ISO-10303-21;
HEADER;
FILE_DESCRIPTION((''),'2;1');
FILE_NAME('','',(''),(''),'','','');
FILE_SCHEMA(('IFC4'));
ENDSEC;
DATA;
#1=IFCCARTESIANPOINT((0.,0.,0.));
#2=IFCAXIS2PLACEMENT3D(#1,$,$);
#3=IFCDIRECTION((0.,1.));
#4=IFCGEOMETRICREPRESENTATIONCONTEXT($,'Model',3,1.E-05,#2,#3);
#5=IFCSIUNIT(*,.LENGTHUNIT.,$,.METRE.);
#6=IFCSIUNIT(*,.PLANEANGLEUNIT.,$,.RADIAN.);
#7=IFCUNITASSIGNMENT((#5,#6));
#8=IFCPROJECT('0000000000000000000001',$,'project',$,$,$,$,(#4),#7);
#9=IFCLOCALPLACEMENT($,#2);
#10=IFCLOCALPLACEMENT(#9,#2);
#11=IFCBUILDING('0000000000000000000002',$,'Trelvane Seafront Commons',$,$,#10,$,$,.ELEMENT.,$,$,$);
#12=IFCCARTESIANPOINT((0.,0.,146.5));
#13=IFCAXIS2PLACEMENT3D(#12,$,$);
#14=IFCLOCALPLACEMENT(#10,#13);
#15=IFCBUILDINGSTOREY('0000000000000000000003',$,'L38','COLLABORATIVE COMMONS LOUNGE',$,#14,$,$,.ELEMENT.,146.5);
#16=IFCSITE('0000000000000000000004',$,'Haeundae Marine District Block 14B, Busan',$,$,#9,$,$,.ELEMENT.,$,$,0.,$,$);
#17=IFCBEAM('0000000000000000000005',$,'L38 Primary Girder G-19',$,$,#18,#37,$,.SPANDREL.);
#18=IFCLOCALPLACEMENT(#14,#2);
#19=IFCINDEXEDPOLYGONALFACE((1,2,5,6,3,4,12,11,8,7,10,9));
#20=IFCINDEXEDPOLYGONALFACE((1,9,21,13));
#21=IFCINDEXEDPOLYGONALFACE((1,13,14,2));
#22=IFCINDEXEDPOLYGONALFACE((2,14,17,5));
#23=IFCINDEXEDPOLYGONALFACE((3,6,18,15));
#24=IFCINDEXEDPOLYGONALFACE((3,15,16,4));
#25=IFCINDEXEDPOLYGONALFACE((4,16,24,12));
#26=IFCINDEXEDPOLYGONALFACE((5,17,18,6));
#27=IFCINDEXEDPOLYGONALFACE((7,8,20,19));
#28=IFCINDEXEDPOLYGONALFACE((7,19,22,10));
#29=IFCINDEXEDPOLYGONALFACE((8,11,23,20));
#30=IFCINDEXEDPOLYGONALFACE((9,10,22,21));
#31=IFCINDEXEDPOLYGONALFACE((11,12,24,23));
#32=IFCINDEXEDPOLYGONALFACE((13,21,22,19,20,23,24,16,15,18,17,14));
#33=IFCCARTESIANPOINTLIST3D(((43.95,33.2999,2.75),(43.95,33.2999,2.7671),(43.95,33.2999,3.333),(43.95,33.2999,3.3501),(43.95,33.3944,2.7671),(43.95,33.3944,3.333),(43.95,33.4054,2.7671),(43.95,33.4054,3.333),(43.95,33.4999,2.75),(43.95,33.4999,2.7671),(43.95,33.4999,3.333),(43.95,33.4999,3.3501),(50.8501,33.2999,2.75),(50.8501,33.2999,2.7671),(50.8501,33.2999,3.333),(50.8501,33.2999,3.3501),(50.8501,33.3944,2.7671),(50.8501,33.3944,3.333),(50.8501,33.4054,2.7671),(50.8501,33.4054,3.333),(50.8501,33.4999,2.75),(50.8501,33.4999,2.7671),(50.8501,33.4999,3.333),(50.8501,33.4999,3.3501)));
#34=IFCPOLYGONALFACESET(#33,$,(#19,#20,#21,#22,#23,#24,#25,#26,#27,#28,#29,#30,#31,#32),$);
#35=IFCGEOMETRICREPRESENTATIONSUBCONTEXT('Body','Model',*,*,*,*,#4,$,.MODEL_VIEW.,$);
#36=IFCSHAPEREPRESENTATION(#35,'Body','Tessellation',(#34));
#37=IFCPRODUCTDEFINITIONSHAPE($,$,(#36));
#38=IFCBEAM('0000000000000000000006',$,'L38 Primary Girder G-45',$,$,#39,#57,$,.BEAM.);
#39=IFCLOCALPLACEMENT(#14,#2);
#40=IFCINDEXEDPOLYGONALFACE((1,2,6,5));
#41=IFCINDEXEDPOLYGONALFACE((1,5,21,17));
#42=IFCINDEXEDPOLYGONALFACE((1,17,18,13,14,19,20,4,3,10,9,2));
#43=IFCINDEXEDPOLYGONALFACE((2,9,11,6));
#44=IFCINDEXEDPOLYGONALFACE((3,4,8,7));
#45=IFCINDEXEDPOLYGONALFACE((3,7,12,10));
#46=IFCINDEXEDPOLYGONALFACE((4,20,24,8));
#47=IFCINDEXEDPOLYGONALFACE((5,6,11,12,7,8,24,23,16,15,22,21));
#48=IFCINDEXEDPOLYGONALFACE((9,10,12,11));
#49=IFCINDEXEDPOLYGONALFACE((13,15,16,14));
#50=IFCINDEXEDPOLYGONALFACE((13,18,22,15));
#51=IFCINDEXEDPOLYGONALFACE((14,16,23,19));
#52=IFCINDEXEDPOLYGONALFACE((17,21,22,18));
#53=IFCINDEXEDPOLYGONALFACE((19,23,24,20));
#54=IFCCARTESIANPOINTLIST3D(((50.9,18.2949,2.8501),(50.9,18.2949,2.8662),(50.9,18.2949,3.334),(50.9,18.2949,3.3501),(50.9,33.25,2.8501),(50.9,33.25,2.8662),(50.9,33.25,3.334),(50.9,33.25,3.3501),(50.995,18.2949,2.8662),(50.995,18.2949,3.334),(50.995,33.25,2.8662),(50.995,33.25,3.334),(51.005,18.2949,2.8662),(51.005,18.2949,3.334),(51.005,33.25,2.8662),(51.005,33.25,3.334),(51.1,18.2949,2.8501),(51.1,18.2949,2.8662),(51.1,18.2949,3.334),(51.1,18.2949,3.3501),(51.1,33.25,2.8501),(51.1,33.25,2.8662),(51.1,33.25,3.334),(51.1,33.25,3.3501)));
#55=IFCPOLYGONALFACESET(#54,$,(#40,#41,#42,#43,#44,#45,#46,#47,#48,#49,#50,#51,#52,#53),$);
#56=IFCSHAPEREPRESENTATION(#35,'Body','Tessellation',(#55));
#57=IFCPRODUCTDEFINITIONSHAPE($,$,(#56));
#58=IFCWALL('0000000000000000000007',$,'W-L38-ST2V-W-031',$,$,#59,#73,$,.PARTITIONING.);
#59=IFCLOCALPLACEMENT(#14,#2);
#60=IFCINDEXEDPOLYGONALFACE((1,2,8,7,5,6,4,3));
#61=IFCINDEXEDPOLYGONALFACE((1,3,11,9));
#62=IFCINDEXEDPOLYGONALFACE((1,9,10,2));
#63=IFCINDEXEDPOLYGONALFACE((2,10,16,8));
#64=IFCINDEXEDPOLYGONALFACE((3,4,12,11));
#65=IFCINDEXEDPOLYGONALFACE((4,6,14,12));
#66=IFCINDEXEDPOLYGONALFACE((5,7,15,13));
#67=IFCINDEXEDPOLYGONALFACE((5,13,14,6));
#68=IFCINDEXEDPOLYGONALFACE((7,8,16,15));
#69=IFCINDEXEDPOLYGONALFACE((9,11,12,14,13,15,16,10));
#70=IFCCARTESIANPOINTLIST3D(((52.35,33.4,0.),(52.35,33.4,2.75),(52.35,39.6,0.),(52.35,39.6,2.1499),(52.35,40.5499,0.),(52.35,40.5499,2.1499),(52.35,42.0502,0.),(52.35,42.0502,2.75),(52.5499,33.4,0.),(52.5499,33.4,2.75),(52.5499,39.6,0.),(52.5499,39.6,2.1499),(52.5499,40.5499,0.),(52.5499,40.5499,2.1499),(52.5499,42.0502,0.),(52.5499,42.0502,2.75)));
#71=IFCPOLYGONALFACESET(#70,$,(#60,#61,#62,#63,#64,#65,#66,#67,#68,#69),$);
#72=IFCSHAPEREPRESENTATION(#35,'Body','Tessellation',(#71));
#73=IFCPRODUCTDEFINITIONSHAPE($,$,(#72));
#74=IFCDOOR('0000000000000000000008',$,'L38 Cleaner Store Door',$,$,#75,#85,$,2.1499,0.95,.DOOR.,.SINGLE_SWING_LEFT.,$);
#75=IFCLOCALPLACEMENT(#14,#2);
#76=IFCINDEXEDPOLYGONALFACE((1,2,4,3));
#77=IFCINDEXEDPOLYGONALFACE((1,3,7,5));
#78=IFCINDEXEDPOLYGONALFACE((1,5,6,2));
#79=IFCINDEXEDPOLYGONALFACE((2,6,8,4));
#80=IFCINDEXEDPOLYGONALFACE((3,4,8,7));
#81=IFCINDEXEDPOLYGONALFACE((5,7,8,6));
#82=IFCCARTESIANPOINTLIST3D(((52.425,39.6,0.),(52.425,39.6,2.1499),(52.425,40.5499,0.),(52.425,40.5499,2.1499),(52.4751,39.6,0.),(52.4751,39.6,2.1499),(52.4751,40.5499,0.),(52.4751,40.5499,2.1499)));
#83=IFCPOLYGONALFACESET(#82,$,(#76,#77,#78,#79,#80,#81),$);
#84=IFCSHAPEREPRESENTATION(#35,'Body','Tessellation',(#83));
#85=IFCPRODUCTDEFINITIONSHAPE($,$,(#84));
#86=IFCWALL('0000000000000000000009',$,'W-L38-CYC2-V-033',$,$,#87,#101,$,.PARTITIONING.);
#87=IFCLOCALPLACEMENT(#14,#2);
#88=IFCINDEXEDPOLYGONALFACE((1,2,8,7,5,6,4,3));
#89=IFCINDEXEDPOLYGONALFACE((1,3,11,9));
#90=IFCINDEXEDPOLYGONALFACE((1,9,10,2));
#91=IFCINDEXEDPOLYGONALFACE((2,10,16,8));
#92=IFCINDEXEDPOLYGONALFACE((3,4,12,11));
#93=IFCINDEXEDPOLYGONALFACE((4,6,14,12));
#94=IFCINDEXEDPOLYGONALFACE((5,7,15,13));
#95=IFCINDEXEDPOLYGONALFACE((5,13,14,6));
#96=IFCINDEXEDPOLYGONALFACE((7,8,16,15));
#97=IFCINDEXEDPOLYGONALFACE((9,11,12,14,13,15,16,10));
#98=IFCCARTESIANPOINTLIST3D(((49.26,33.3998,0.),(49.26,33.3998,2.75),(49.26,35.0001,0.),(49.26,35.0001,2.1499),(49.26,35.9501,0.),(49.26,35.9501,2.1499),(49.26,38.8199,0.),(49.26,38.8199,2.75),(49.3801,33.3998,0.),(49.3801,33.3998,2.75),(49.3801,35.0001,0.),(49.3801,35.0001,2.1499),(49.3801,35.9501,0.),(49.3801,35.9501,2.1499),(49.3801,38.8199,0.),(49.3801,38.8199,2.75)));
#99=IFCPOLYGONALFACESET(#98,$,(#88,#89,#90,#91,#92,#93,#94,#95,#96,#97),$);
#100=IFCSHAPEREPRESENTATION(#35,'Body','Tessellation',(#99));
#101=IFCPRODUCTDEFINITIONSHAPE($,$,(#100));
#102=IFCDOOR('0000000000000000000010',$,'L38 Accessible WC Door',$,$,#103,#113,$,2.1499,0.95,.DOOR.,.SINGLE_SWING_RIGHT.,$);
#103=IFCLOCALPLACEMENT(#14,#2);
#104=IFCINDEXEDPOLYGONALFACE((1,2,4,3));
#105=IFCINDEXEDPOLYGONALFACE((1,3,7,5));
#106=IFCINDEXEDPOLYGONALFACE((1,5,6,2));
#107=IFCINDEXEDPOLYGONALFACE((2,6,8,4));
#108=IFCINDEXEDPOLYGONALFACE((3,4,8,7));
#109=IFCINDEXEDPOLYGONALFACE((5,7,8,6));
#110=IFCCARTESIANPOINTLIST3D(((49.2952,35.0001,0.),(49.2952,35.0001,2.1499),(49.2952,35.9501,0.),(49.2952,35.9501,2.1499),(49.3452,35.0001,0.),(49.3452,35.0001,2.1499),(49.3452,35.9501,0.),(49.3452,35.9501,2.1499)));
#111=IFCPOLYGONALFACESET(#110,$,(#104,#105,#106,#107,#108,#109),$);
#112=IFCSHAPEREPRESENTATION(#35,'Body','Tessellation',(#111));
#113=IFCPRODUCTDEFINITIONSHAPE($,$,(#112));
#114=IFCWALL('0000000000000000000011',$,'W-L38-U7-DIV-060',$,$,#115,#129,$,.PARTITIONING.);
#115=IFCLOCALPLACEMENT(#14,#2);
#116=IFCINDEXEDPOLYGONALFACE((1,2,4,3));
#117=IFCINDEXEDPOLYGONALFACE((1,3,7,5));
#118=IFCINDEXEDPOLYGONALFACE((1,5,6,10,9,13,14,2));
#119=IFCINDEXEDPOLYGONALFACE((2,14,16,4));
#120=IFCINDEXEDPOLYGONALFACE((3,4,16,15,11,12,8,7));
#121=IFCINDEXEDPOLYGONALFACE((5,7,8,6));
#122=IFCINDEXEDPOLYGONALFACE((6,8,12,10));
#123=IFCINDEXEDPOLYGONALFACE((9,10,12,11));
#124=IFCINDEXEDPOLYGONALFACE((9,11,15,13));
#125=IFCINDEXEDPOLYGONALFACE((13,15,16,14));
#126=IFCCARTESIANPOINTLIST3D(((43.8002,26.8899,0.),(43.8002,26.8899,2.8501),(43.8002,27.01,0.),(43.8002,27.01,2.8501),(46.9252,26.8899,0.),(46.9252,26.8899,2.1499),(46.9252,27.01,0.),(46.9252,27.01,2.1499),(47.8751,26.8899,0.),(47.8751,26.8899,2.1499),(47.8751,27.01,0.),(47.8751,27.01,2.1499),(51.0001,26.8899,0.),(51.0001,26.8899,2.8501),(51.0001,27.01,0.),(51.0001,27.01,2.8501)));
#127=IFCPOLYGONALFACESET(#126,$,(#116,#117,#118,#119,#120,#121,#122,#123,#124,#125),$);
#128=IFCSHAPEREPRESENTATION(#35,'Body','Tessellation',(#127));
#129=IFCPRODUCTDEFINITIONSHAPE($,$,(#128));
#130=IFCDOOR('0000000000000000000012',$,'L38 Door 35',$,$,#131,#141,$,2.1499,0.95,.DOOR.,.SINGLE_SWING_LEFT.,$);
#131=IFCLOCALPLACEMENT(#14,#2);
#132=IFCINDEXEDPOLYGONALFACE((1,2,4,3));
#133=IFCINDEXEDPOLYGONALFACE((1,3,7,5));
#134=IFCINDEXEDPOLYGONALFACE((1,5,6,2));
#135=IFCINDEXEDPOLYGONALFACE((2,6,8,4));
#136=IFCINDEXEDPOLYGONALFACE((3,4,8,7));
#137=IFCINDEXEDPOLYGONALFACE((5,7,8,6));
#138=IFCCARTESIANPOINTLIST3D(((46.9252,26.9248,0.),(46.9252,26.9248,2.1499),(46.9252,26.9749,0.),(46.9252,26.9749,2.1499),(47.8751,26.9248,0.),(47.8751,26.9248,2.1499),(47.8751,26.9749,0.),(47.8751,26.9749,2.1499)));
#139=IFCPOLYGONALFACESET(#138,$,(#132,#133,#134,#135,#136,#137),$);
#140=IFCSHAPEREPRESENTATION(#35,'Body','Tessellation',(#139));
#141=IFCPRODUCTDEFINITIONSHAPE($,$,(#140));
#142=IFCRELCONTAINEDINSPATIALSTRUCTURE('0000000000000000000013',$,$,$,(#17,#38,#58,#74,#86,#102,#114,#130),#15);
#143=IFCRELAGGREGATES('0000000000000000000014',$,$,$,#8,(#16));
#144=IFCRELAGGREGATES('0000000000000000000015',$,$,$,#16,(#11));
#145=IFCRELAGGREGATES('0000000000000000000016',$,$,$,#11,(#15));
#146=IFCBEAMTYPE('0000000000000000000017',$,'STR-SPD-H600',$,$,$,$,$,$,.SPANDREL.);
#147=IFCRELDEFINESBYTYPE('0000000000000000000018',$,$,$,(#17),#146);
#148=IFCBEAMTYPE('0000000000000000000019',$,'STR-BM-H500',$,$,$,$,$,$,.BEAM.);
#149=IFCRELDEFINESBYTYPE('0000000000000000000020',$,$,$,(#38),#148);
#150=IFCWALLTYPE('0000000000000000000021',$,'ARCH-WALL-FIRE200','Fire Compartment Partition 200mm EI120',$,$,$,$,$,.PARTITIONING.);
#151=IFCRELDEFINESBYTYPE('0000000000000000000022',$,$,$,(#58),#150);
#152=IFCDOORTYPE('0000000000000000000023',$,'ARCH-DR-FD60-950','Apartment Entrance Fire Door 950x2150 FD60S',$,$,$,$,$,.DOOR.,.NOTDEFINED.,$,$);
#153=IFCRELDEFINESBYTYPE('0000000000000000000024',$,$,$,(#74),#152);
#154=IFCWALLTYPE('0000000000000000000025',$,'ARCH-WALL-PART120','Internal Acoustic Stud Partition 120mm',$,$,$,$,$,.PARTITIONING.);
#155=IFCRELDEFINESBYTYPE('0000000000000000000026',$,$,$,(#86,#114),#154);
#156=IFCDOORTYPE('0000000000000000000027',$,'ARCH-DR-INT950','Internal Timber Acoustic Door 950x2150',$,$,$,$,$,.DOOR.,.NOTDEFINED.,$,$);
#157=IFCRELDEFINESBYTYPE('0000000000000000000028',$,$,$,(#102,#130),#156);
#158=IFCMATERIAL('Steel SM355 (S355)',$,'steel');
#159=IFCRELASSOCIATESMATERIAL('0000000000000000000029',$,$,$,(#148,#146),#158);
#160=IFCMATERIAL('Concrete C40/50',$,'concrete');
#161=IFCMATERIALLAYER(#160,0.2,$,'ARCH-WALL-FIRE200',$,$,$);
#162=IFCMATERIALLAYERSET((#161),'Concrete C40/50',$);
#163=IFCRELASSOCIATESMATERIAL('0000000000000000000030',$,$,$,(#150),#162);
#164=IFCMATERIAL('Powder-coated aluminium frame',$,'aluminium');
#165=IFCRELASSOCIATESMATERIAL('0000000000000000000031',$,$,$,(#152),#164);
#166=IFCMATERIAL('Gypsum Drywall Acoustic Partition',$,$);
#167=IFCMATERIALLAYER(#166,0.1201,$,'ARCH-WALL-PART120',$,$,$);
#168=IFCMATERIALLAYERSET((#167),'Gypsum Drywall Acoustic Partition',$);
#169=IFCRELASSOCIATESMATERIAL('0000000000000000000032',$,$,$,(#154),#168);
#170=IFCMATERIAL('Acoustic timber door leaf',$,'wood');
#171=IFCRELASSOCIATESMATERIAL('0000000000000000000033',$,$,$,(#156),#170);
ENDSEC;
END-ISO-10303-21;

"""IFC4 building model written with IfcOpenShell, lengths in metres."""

from ifc_helpers import new_model, si_unit, direction, frame, frame_2d, origin, origin_2d, place, context, subcontext, project, spatial, rectangle, i_section, extrude, source, transform, mapped, material, layer, layer_set, material_profile, profile_set, type_object, element, fill, save


model = new_model("IFC4")

# Units and contexts
model_context = context("Model", 3, precision=1e-05, world=origin(), true_north=direction((0.0, 1.0)))
body_context = subcontext(model_context, "Body", "Model", "MODEL_VIEW")
ifc_project = project(units=[si_unit("LENGTHUNIT", "METRE"), si_unit("PLANEANGLEUNIT", "RADIAN")], contexts=[model_context])

# Site, building, storey
site_placement = place(None, origin())
site = spatial("IfcSite", under=ifc_project, at=site_placement, Name="Haeundae Marine District Block 14B, Busan", CompositionType="ELEMENT", RefElevation=0.0)
building_placement = place(site_placement, origin())
building = spatial("IfcBuilding", under=site, at=building_placement, Name="Trelvane Seafront Commons", CompositionType="ELEMENT")
storey_placement = place(building_placement, frame((0.0, 0.0, 146.5)))
storey = spatial("IfcBuildingStorey", under=building, at=storey_placement, Name="L38", Description="COLLABORATIVE COMMONS LOUNGE", CompositionType="ELEMENT", Elevation=146.5)

# Beams
ifc_material_1 = material(Name="Steel SM355 (S355)", Category="steel")
ifc_material_profile_1 = material_profile(ifc_material_1, i_section(OverallWidth=0.2, OverallDepth=0.5, WebThickness=0.01, FlangeThickness=0.0161, at=origin_2d()), Name="H-500x200x10x16")
ifc_profile_set_1 = profile_set([ifc_material_profile_1], Name="Steel SM355 (S355)")
beam_type_1 = type_object("IfcBeamType", Name="STR-BM-H500", PredefinedType="BEAM", material=ifc_profile_set_1)
ifc_material_profile_2 = material_profile(ifc_material_1, i_section(OverallWidth=0.2, OverallDepth=0.6001, WebThickness=0.011, FlangeThickness=0.0171, at=origin_2d()), Name="H-600x200x11x17")
ifc_profile_set_2 = profile_set([ifc_material_profile_2], Name="Steel SM355 (S355)")
beam_type_2 = type_object("IfcBeamType", Name="STR-SPD-H600", PredefinedType="SPANDREL", material=ifc_profile_set_2)
shared_shape_1 = source(origin(), body_context, "Body", "SweptSolid", [
    extrude(i_section(OverallWidth=0.2, OverallDepth=0.6001, WebThickness=0.011, FlangeThickness=0.0171, at=origin_2d()), origin(), (0.0, 0.0, 1.0), 6.9001),
])
beam_1_placement = place(storey_placement, frame((43.95, 33.3999, 3.05), z_axis=(1.0, 0.0, 0.0), x_axis=(0.0, 1.0, 0.0)))
element("IfcBeam", 1, at=beam_1_placement, inside=storey, type_object=beam_type_2, Name="L38 Primary Girder G-19", PredefinedType="SPANDREL", context=body_context, shape_type="MappedRepresentation", body=[
    mapped(shared_shape_1, transform((0.0, 0.0, 0.0), x_axis=(1.0, 0.0, 0.0), y_axis=(0.0, 1.0, 0.0), z_axis=(0.0, 0.0, 1.0), scale=1.0)),
])
shared_shape_2 = source(origin(), body_context, "Body", "SweptSolid", [
    extrude(i_section(OverallWidth=0.2, OverallDepth=0.5, WebThickness=0.01, FlangeThickness=0.0161, at=origin_2d()), origin(), (0.0, 0.0, 1.0), 14.9551),
])
beam_2_placement = place(storey_placement, frame((51.0, 18.2949, 3.1001), z_axis=(0.0, 1.0, 0.0), x_axis=(-1.0, 0.0, 0.0)))
element("IfcBeam", 2, at=beam_2_placement, inside=storey, type_object=beam_type_1, Name="L38 Primary Girder G-45", PredefinedType="BEAM", context=body_context, shape_type="MappedRepresentation", body=[
    mapped(shared_shape_2, transform((0.0, 0.0, 0.0), x_axis=(1.0, 0.0, 0.0), y_axis=(0.0, 1.0, 0.0), z_axis=(0.0, 0.0, 1.0), scale=1.0)),
])

# Wall, opening, door
ifc_material_2 = material(Name="Concrete C40/50", Category="concrete")
ifc_layer_1 = layer(ifc_material_2, 0.2, Name="ARCH-WALL-FIRE200")
ifc_layer_set_1 = layer_set([ifc_layer_1], Name="Concrete C40/50")
wall_type_1 = type_object("IfcWallType", Name="ARCH-WALL-FIRE200", Description="Fire Compartment Partition 200mm EI120", PredefinedType="PARTITIONING", material=ifc_layer_set_1)
wall_1_placement = place(storey_placement, frame((52.45, 33.3999, 0.0), z_axis=(0.0, 0.0, 1.0), x_axis=(0.0, 1.0, 0.0)))
wall_1 = element("IfcWall", 3, at=wall_1_placement, inside=storey, type_object=wall_type_1, Name="W-L38-ST2V-W-031", PredefinedType="PARTITIONING", context=body_context, shape_type="SweptSolid", body=[
    extrude(rectangle(XDim=8.6501, YDim=0.2, at=frame_2d((4.3252, 0.0))), origin(), (0.0, 0.0, 1.0), 2.75),
])
opening_1_placement = place(wall_1_placement, frame((6.2, 0.0, 0.0)))
opening_1 = element("IfcOpeningElement", 4, at=opening_1_placement, cuts=wall_1, PredefinedType="OPENING", context=body_context, shape_type="SweptSolid", body=[
    extrude(rectangle(XDim=0.95, YDim=2.1499, at=frame_2d((0.4751, 1.075))), frame((0.0, 0.1099, 0.0), z_axis=(0.0, -1.0, 0.0), x_axis=(1.0, 0.0, 0.0)), (0.0, 0.0, 1.0), 0.22),
])
ifc_material_3 = material(Name="Powder-coated aluminium frame", Category="aluminium")
door_type_1 = type_object("IfcDoorType", Name="ARCH-DR-FD60-950", Description="Apartment Entrance Fire Door 950x2150 FD60S", OperationType="NOTDEFINED", PredefinedType="DOOR", material=ifc_material_3)
shared_shape_3 = source(origin(), body_context, "Body", "SweptSolid", [
    extrude(rectangle(XDim=0.95, YDim=2.1499, at=frame_2d((0.4751, 1.075))), frame((0.0, 0.0249, 0.0), z_axis=(0.0, -1.0, 0.0), x_axis=(1.0, 0.0, 0.0)), (0.0, 0.0, 1.0), 0.05),
])
door_1_placement = place(opening_1_placement, origin())
door_1 = element("IfcDoor", 5, at=door_1_placement, inside=storey, type_object=door_type_1, Name="L38 Cleaner Store Door", OperationType="SINGLE_SWING_LEFT", OverallHeight=2.1499, OverallWidth=0.95, PredefinedType="DOOR", context=body_context, shape_type="MappedRepresentation", body=[
    mapped(shared_shape_3, transform((0.0, 0.0, 0.0), x_axis=(1.0, 0.0, 0.0), y_axis=(0.0, 1.0, 0.0), z_axis=(0.0, 0.0, 1.0), scale=1.0)),
])
fill(opening_1, door_1)

# Walls, openings, doors
ifc_material_4 = material(Name="Gypsum Drywall Acoustic Partition")
ifc_layer_2 = layer(ifc_material_4, 0.1201, Name="ARCH-WALL-PART120")
ifc_layer_set_2 = layer_set([ifc_layer_2], Name="Gypsum Drywall Acoustic Partition")
wall_type_2 = type_object("IfcWallType", Name="ARCH-WALL-PART120", Description="Internal Acoustic Stud Partition 120mm", PredefinedType="PARTITIONING", material=ifc_layer_set_2)
wall_2_placement = place(storey_placement, frame((49.3201, 33.3999, 0.0), z_axis=(0.0, 0.0, 1.0), x_axis=(0.0, 1.0, 0.0)))
wall_2 = element("IfcWall", 6, at=wall_2_placement, inside=storey, type_object=wall_type_2, Name="W-L38-CYC2-V-033", PredefinedType="PARTITIONING", context=body_context, shape_type="SweptSolid", body=[
    extrude(rectangle(XDim=5.4202, YDim=0.1201, at=frame_2d((2.71, 0.0))), origin(), (0.0, 0.0, 1.0), 2.75),
])
opening_2_placement = place(wall_2_placement, frame((1.6001, 0.0, 0.0)))
opening_2 = element("IfcOpeningElement", 7, at=opening_2_placement, cuts=wall_2, PredefinedType="OPENING", context=body_context, shape_type="SweptSolid", body=[
    extrude(rectangle(XDim=0.95, YDim=2.1499, at=frame_2d((0.4751, 1.075))), frame((0.0, 0.0701, 0.0), z_axis=(0.0, -1.0, 0.0), x_axis=(1.0, 0.0, 0.0)), (0.0, 0.0, 1.0), 0.1401),
])
ifc_material_5 = material(Name="Acoustic timber door leaf", Category="wood")
door_type_2 = type_object("IfcDoorType", Name="ARCH-DR-INT950", Description="Internal Timber Acoustic Door 950x2150", OperationType="NOTDEFINED", PredefinedType="DOOR", material=ifc_material_5)
door_2_placement = place(opening_2_placement, origin())
door_2 = element("IfcDoor", 8, at=door_2_placement, inside=storey, type_object=door_type_2, Name="L38 Accessible WC Door", OperationType="SINGLE_SWING_RIGHT", OverallHeight=2.1499, OverallWidth=0.95, PredefinedType="DOOR", context=body_context, shape_type="MappedRepresentation", body=[
    mapped(shared_shape_3, transform((0.0, 0.0, 0.0), x_axis=(1.0, 0.0, 0.0), y_axis=(0.0, 1.0, 0.0), z_axis=(0.0, 0.0, 1.0), scale=1.0)),
])
fill(opening_2, door_2)
wall_3_placement = place(storey_placement, frame((43.8, 26.95, 0.0), z_axis=(0.0, 0.0, 1.0), x_axis=(1.0, 0.0, 0.0)))
wall_3 = element("IfcWall", 9, at=wall_3_placement, inside=storey, type_object=wall_type_2, Name="W-L38-U7-DIV-060", PredefinedType="PARTITIONING", context=body_context, shape_type="SweptSolid", body=[
    extrude(rectangle(XDim=7.2, YDim=0.1201, at=frame_2d((3.6001, 0.0))), origin(), (0.0, 0.0, 1.0), 2.8501),
])
opening_3_placement = place(wall_3_placement, frame((3.125, 0.0, 0.0)))
opening_3 = element("IfcOpeningElement", 10, at=opening_3_placement, cuts=wall_3, PredefinedType="OPENING", context=body_context, shape_type="SweptSolid", body=[
    extrude(rectangle(XDim=0.95, YDim=2.1499, at=frame_2d((0.4751, 1.075))), frame((0.0, 0.0701, 0.0), z_axis=(0.0, -1.0, 0.0), x_axis=(1.0, 0.0, 0.0)), (0.0, 0.0, 1.0), 0.1401),
])
door_3_placement = place(opening_3_placement, origin())
door_3 = element("IfcDoor", 11, at=door_3_placement, inside=storey, type_object=door_type_2, Name="L38 Door 35", OperationType="SINGLE_SWING_LEFT", OverallHeight=2.1499, OverallWidth=0.95, PredefinedType="DOOR", context=body_context, shape_type="MappedRepresentation", body=[
    mapped(shared_shape_3, transform((0.0, 0.0, 0.0), x_axis=(1.0, 0.0, 0.0), y_axis=(0.0, 1.0, 0.0), z_axis=(0.0, 0.0, 1.0), scale=1.0)),
])
fill(opening_3, door_3)

save(model, "model.ifc")
